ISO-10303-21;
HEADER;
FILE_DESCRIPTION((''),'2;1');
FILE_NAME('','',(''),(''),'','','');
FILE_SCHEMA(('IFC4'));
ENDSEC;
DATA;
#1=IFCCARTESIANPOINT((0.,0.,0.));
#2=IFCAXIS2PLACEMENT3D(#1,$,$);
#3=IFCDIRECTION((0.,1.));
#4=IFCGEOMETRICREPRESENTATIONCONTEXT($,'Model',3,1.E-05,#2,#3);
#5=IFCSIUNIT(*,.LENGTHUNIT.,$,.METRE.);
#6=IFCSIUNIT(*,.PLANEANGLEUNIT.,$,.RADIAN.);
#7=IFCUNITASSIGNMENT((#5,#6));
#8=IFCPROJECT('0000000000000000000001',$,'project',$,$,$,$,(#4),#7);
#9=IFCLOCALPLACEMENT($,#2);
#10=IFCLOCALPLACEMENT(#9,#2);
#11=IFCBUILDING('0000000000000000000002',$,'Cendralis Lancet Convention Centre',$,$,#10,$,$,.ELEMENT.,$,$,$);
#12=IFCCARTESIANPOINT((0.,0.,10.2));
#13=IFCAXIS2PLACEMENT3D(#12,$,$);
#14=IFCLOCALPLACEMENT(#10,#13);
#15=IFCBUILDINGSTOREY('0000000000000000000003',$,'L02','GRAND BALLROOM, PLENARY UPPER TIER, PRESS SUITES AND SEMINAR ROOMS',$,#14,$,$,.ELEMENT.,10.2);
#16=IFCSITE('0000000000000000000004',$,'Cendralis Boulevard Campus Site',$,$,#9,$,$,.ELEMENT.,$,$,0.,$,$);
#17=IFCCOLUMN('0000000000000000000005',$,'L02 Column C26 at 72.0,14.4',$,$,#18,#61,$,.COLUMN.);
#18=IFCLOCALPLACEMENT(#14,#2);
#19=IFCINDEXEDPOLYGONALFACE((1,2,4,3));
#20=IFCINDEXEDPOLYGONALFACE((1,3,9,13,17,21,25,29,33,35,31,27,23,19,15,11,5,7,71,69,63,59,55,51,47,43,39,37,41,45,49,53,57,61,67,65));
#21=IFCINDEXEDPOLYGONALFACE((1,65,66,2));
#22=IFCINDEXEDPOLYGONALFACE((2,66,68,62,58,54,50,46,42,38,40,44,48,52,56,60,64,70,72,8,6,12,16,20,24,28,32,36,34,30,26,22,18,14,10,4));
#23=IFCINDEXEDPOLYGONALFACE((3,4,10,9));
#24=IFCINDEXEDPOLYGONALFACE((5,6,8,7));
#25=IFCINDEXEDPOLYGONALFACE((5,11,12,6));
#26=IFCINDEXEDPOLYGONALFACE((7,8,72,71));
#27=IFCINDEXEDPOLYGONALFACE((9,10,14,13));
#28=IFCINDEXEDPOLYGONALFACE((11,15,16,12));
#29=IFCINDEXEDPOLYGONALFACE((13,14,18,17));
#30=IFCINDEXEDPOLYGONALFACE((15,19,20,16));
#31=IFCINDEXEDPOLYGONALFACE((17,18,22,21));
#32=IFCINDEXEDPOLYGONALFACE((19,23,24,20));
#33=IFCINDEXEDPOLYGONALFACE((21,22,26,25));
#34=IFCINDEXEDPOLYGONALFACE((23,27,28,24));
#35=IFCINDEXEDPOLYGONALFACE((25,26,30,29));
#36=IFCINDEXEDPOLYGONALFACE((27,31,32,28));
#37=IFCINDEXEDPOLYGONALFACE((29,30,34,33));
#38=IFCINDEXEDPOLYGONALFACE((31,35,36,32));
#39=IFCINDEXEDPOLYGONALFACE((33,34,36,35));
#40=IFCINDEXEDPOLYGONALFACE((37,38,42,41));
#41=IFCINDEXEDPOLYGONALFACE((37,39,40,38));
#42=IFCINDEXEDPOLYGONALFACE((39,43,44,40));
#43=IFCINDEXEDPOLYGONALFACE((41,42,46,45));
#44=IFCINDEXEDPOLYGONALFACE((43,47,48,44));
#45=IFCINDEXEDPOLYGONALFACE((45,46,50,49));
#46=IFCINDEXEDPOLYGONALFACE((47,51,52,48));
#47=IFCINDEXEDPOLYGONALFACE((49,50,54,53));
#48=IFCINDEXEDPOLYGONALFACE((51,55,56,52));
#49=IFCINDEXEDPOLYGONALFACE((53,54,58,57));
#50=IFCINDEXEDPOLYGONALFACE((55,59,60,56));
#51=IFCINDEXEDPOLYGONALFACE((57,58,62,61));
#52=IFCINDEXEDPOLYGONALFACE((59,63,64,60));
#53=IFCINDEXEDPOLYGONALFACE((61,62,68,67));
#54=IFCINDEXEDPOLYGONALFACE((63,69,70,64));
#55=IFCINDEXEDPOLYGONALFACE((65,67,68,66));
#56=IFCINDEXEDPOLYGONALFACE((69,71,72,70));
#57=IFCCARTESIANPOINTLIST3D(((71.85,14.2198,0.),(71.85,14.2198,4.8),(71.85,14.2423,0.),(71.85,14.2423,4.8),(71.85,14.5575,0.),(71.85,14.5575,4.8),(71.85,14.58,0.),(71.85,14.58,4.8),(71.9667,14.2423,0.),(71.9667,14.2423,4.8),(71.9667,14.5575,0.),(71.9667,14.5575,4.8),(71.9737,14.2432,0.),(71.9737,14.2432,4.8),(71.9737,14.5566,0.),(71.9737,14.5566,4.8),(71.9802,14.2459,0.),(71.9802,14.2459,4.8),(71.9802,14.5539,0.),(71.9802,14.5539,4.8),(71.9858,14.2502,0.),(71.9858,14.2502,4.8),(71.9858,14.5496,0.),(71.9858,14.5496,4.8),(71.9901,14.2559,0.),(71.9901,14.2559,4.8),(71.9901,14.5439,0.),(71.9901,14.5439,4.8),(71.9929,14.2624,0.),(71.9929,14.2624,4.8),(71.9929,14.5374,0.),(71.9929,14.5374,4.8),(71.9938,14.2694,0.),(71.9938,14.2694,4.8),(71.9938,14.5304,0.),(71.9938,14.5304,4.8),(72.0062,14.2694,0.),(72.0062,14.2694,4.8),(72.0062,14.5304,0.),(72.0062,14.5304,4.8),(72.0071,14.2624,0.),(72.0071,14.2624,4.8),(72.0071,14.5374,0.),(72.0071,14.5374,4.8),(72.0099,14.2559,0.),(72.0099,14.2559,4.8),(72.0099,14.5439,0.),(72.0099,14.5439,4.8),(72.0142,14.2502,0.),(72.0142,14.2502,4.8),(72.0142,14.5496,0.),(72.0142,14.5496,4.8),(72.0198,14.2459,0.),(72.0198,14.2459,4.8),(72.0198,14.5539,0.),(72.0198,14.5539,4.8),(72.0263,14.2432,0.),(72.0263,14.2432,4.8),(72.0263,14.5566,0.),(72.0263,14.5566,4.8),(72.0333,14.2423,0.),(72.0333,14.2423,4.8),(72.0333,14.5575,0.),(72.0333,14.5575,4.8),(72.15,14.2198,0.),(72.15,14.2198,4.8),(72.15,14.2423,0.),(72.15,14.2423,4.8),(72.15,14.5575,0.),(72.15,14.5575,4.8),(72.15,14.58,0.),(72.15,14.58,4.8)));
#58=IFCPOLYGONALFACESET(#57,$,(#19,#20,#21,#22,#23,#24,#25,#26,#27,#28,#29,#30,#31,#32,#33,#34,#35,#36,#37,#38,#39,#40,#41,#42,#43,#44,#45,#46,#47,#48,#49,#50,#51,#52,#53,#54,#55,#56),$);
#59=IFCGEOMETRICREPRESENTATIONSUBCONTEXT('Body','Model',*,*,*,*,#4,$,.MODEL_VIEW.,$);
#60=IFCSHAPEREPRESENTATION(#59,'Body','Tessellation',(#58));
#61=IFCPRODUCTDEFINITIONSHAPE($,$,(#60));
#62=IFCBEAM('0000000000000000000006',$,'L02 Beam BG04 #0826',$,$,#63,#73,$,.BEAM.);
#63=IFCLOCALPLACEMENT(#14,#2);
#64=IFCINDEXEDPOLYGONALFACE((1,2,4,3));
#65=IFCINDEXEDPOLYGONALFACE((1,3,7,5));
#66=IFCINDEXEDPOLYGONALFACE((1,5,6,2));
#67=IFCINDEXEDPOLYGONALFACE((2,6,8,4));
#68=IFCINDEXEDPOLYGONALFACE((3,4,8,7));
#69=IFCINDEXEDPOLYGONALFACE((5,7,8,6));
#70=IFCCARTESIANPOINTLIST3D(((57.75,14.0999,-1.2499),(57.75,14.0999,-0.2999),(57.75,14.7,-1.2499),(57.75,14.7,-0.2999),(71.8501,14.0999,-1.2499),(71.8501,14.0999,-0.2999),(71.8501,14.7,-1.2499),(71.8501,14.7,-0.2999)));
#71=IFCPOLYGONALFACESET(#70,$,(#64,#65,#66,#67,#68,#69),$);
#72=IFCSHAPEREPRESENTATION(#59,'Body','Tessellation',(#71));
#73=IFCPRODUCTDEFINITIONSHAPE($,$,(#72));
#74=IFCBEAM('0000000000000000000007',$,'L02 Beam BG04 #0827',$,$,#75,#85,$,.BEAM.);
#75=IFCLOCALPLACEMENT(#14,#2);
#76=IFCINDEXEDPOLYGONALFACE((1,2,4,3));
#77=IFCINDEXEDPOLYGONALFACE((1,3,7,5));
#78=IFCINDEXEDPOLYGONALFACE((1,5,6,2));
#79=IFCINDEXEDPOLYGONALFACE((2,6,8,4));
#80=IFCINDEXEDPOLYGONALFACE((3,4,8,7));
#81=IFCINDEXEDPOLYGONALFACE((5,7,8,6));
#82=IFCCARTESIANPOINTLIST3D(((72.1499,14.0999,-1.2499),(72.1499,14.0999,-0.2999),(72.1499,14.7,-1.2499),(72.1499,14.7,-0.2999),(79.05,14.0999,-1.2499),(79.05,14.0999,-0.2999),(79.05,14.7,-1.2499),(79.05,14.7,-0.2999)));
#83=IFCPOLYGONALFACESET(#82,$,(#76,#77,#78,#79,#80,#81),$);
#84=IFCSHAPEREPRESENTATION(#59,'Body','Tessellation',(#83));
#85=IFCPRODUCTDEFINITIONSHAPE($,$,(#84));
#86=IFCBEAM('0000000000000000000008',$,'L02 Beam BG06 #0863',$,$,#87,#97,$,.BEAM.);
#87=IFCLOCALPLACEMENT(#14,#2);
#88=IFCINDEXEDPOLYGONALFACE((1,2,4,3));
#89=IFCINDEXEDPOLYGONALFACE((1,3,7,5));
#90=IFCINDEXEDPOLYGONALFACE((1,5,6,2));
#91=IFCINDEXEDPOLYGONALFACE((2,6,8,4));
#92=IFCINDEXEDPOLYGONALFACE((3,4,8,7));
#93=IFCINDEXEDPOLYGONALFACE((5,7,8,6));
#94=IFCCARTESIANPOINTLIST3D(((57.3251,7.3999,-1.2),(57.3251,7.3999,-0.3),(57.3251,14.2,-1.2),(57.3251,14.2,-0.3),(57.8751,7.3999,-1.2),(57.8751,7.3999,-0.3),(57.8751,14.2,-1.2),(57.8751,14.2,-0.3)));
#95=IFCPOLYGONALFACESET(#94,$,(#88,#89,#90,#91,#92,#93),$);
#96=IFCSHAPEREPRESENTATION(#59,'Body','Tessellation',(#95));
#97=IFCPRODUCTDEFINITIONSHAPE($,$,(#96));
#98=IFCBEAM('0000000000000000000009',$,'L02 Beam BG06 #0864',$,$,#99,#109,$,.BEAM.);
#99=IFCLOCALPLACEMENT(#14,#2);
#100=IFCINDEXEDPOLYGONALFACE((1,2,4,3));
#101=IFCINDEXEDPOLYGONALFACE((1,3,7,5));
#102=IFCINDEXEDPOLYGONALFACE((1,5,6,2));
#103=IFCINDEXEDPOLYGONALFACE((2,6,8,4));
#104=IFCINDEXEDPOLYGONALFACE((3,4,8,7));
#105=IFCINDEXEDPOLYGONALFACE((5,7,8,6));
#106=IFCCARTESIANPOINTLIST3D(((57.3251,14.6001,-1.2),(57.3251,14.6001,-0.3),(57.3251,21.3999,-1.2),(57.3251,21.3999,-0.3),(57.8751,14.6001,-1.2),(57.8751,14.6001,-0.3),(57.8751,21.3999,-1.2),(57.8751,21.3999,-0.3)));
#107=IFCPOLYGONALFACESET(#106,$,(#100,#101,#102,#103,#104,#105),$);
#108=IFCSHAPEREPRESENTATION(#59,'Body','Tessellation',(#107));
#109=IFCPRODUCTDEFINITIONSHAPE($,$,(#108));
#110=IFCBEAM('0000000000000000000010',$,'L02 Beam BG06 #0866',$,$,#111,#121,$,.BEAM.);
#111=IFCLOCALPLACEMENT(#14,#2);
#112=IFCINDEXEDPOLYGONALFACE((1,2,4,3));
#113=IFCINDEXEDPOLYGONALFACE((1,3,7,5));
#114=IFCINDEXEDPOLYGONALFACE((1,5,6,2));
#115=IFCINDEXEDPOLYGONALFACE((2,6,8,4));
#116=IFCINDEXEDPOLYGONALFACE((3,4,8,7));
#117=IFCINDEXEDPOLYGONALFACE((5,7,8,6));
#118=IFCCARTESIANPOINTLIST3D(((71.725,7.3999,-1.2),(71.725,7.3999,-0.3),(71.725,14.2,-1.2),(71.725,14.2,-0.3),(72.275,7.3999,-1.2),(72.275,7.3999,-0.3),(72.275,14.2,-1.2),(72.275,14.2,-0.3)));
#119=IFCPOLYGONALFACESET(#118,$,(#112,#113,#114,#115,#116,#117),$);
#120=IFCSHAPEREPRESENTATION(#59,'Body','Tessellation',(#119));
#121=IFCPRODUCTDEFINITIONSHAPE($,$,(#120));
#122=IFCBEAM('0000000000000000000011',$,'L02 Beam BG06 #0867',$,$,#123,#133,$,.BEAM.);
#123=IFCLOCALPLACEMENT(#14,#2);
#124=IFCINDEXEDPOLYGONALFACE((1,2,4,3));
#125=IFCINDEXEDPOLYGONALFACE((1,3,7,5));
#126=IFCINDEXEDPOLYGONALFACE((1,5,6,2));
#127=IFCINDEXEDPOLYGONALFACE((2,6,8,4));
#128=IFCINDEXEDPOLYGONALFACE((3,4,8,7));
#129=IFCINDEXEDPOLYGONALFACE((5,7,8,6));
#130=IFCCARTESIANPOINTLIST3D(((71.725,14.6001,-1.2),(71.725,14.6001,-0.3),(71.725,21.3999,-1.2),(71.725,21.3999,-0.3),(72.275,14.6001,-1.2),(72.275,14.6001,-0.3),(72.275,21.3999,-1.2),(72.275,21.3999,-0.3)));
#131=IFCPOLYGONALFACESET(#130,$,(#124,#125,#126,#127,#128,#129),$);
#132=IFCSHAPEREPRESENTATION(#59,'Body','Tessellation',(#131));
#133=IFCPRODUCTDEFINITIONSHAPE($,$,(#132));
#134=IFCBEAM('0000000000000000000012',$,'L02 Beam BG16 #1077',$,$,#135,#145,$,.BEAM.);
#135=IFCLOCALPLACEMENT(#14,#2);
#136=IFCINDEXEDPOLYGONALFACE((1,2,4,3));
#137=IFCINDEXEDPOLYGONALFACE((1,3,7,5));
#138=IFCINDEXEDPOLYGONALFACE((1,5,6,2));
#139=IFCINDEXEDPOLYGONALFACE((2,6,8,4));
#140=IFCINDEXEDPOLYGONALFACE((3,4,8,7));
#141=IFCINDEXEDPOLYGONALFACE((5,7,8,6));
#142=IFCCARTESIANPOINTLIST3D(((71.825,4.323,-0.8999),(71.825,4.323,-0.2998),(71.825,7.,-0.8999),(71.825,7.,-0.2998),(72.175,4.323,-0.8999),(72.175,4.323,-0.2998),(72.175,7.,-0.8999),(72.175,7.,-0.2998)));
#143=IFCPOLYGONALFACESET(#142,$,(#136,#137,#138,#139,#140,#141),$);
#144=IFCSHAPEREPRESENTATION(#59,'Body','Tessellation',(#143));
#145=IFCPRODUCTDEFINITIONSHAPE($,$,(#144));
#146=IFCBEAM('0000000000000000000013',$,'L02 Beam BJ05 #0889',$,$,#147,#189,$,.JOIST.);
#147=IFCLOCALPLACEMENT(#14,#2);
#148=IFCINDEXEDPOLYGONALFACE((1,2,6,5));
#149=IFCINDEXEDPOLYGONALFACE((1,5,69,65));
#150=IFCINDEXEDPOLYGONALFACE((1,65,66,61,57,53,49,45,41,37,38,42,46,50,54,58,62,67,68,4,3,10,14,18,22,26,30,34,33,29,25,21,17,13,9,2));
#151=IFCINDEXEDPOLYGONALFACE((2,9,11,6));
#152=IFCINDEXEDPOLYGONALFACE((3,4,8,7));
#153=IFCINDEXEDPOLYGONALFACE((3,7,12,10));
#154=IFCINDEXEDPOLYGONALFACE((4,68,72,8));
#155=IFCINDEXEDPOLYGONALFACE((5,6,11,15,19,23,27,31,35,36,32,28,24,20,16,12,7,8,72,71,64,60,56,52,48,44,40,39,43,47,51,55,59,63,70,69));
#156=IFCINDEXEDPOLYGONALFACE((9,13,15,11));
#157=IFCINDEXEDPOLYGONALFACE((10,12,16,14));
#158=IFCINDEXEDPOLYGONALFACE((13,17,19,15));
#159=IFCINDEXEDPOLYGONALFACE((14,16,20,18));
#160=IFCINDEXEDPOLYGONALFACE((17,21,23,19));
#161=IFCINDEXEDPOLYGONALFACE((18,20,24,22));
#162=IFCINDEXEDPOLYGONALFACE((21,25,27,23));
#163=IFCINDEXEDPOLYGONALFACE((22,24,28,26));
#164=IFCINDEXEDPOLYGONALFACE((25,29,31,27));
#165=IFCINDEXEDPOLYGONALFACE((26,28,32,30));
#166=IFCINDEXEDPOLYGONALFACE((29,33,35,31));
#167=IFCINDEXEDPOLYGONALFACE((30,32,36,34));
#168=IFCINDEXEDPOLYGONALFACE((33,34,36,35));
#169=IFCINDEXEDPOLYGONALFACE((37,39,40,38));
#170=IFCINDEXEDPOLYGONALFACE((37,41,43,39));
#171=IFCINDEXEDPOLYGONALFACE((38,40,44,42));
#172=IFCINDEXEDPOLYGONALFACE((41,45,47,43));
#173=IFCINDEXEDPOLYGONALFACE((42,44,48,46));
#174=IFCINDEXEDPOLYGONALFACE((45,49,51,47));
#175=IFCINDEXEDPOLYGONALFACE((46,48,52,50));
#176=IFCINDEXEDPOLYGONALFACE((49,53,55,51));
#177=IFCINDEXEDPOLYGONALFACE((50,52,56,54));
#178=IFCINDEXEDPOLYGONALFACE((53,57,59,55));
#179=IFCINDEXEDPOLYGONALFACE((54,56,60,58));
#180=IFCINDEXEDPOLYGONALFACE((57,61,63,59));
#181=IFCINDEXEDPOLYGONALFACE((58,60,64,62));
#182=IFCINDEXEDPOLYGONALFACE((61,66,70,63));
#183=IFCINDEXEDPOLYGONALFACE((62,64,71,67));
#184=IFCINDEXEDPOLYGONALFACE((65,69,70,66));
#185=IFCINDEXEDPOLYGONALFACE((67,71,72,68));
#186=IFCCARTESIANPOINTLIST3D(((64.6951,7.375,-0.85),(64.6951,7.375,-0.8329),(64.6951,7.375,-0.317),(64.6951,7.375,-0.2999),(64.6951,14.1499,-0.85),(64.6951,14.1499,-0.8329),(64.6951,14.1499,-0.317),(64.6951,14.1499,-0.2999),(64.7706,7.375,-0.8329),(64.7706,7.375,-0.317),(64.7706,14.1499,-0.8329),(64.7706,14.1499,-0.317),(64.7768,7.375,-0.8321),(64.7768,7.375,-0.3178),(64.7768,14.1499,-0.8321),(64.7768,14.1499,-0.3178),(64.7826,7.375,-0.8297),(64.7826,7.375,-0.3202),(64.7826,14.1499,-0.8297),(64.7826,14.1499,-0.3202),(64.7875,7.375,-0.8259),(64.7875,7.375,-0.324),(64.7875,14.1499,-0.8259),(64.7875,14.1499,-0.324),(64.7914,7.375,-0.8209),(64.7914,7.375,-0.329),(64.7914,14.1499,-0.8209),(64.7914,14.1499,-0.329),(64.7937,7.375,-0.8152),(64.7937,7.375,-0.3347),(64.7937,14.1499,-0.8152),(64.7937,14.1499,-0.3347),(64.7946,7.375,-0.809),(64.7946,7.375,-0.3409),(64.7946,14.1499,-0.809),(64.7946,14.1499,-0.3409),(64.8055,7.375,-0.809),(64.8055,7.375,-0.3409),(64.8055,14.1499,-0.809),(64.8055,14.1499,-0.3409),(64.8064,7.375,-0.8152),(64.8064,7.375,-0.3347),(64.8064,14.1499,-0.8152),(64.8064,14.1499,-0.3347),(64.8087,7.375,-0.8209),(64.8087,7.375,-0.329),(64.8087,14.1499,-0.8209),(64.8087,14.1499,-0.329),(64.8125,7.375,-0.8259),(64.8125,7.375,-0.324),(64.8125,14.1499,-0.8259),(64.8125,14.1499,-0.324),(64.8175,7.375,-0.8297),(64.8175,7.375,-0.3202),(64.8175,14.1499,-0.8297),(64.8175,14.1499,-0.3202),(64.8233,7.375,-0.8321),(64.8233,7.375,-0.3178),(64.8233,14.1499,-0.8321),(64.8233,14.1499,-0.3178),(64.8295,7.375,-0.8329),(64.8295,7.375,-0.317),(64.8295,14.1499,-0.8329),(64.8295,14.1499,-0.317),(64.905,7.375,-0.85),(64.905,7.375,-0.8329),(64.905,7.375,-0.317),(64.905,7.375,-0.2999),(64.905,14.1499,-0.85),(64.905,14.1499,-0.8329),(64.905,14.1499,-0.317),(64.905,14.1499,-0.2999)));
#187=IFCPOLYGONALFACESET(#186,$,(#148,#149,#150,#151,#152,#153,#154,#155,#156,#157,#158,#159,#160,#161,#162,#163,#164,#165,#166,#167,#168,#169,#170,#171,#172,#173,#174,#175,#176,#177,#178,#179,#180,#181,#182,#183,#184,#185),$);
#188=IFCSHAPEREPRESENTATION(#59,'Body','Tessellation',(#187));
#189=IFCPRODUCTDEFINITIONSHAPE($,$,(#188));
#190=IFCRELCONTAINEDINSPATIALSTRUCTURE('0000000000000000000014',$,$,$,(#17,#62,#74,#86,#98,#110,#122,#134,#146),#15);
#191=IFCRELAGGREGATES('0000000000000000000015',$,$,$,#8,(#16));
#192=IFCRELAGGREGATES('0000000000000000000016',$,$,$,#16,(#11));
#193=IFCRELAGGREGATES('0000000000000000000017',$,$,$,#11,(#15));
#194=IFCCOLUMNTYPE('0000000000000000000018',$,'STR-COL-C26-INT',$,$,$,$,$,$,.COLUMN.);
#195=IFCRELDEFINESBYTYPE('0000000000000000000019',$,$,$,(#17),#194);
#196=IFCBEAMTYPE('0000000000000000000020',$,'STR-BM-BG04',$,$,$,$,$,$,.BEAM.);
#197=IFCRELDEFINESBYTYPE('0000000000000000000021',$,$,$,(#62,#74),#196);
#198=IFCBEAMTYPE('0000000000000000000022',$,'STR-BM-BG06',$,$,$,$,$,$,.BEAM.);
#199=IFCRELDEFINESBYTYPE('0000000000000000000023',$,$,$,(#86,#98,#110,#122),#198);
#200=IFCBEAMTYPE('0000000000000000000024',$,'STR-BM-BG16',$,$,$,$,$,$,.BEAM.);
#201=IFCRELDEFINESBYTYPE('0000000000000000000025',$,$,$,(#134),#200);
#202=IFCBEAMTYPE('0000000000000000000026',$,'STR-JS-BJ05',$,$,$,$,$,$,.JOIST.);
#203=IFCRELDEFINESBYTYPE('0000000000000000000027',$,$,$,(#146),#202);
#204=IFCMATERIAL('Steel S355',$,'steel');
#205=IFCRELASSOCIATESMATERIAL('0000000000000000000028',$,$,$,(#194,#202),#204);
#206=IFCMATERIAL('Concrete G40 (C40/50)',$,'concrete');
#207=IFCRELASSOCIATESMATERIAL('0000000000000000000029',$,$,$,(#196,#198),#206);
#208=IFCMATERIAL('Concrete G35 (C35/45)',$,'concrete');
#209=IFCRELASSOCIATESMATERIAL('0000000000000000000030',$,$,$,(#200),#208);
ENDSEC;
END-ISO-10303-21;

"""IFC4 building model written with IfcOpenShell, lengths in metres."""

from ifc_helpers import new_model, si_unit, direction, frame, origin, origin_2d, place, context, subcontext, project, spatial, rectangle, i_section, extrude, material, material_profile, profile_set, type_object, element, save


model = new_model("IFC4")

# Units and contexts
model_context = context("Model", 3, precision=1e-05, world=origin(), true_north=direction((0.0, 1.0)))
body_context = subcontext(model_context, "Body", "Model", "MODEL_VIEW")
ifc_project = project(units=[si_unit("LENGTHUNIT", "METRE"), si_unit("PLANEANGLEUNIT", "RADIAN")], contexts=[model_context])

# Site, building, storey
site_placement = place(None, origin())
site = spatial("IfcSite", under=ifc_project, at=site_placement, Name="Cendralis Boulevard Campus Site", CompositionType="ELEMENT", RefElevation=0.0)
building_placement = place(site_placement, origin())
building = spatial("IfcBuilding", under=site, at=building_placement, Name="Cendralis Lancet Convention Centre", CompositionType="ELEMENT")
storey_placement = place(building_placement, frame((0.0, 0.0, 10.2)))
storey = spatial("IfcBuildingStorey", under=building, at=storey_placement, Name="L02", Description="GRAND BALLROOM, PLENARY UPPER TIER, PRESS SUITES AND SEMINAR ROOMS", CompositionType="ELEMENT", Elevation=10.2)

# Column
ifc_material_1 = material(Name="Concrete G40 (C40/50)", Category="concrete")
ifc_material_2 = material(Name="Steel S355", Category="steel")
ifc_material_profile_1 = material_profile(ifc_material_2, i_section(OverallWidth=0.3, OverallDepth=0.3601, WebThickness=0.0125, FlangeThickness=0.0225, FilletRadius=0.0271, at=origin_2d()), Name="HEB 360")
ifc_profile_set_1 = profile_set([ifc_material_profile_1], Name="Steel S355")
column_type_1 = type_object("IfcColumnType", Name="STR-COL-C26-INT", PredefinedType="COLUMN", material=ifc_profile_set_1)
for number, where, z_axis, x_axis, name in (
    (1, (72.0, 14.3999, 0.0), (0.0, 0.0, 1.0), (1.0, 0.0, 0.0), "L02 Column C26 at 72.0,14.4"),
):
    element("IfcColumn", number, at=place(storey_placement, frame(where, z_axis=z_axis, x_axis=x_axis)), inside=storey, type_object=column_type_1, Name=name, PredefinedType="COLUMN", context=body_context, shape_type="SweptSolid", body=[
        extrude(i_section(OverallWidth=0.3, OverallDepth=0.3601, WebThickness=0.0125, FlangeThickness=0.0225, FilletRadius=0.0271, at=origin_2d()), origin(), (0.0, 0.0, 1.0), 4.8),
    ])

# Beams
ifc_material_profile_2 = material_profile(ifc_material_1, rectangle(XDim=0.6001, YDim=0.95, at=origin_2d()), Name="RCB 600x950")
ifc_profile_set_2 = profile_set([ifc_material_profile_2], Name="Concrete G40 (C40/50)")
beam_type_1 = type_object("IfcBeamType", Name="STR-BM-BG04", PredefinedType="BEAM", material=ifc_profile_set_2)
beam_1_placement = place(storey_placement, frame((57.75, 14.3999, -0.7749), z_axis=(1.0, 0.0, 0.0), x_axis=(0.0, 1.0, 0.0)))
element("IfcBeam", 2, at=beam_1_placement, inside=storey, type_object=beam_type_1, Name="L02 Beam BG04 #0826", PredefinedType="BEAM", context=body_context, shape_type="SweptSolid", body=[
    extrude(rectangle(XDim=0.6001, YDim=0.95, at=origin_2d()), origin(), (0.0, 0.0, 1.0), 14.1001),
])
beam_2_placement = place(storey_placement, frame((72.1499, 14.3999, -0.7749), z_axis=(1.0, 0.0, 0.0), x_axis=(0.0, 1.0, 0.0)))
element("IfcBeam", 3, at=beam_2_placement, inside=storey, type_object=beam_type_1, Name="L02 Beam BG04 #0827", PredefinedType="BEAM", context=body_context, shape_type="SweptSolid", body=[
    extrude(rectangle(XDim=0.6001, YDim=0.95, at=origin_2d()), origin(), (0.0, 0.0, 1.0), 6.9001),
])
ifc_material_profile_3 = material_profile(ifc_material_1, rectangle(XDim=0.55, YDim=0.8999, at=origin_2d()), Name="RCB 550x900")
ifc_profile_set_3 = profile_set([ifc_material_profile_3], Name="Concrete G40 (C40/50)")
beam_type_2 = type_object("IfcBeamType", Name="STR-BM-BG06", PredefinedType="BEAM", material=ifc_profile_set_3)
beam_3_placement = place(storey_placement, frame((57.6001, 7.3999, -0.75), z_axis=(0.0, 1.0, 0.0), x_axis=(-1.0, 0.0, 0.0)))
element("IfcBeam", 4, at=beam_3_placement, inside=storey, type_object=beam_type_2, Name="L02 Beam BG06 #0863", PredefinedType="BEAM", context=body_context, shape_type="SweptSolid", body=[
    extrude(rectangle(XDim=0.55, YDim=0.8999, at=origin_2d()), origin(), (0.0, 0.0, 1.0), 6.8),
])
beam_4_placement = place(storey_placement, frame((57.6001, 14.6001, -0.75), z_axis=(0.0, 1.0, 0.0), x_axis=(-1.0, 0.0, 0.0)))
element("IfcBeam", 5, at=beam_4_placement, inside=storey, type_object=beam_type_2, Name="L02 Beam BG06 #0864", PredefinedType="BEAM", context=body_context, shape_type="SweptSolid", body=[
    extrude(rectangle(XDim=0.55, YDim=0.8999, at=origin_2d()), origin(), (0.0, 0.0, 1.0), 6.7998),
])
beam_5_placement = place(storey_placement, frame((72.0, 7.3999, -0.75), z_axis=(0.0, 1.0, 0.0), x_axis=(-1.0, 0.0, 0.0)))
element("IfcBeam", 6, at=beam_5_placement, inside=storey, type_object=beam_type_2, Name="L02 Beam BG06 #0866", PredefinedType="BEAM", context=body_context, shape_type="SweptSolid", body=[
    extrude(rectangle(XDim=0.55, YDim=0.8999, at=origin_2d()), origin(), (0.0, 0.0, 1.0), 6.8),
])
beam_6_placement = place(storey_placement, frame((72.0, 14.6001, -0.75), z_axis=(0.0, 1.0, 0.0), x_axis=(-1.0, 0.0, 0.0)))
element("IfcBeam", 7, at=beam_6_placement, inside=storey, type_object=beam_type_2, Name="L02 Beam BG06 #0867", PredefinedType="BEAM", context=body_context, shape_type="SweptSolid", body=[
    extrude(rectangle(XDim=0.55, YDim=0.8999, at=origin_2d()), origin(), (0.0, 0.0, 1.0), 6.7998),
])
ifc_material_3 = material(Name="Concrete G35 (C35/45)", Category="concrete")
ifc_material_profile_4 = material_profile(ifc_material_3, rectangle(XDim=0.3501, YDim=0.6001, at=origin_2d()), Name="RCB 350x600")
ifc_profile_set_4 = profile_set([ifc_material_profile_4], Name="Concrete G35 (C35/45)")
beam_type_3 = type_object("IfcBeamType", Name="STR-BM-BG16", PredefinedType="BEAM", material=ifc_profile_set_4)
beam_7_placement = place(storey_placement, frame((72.0, 4.323, -0.5999), z_axis=(0.0, 1.0, 0.0), x_axis=(-1.0, 0.0, 0.0)))
element("IfcBeam", 8, at=beam_7_placement, inside=storey, type_object=beam_type_3, Name="L02 Beam BG16 #1077", PredefinedType="BEAM", context=body_context, shape_type="SweptSolid", body=[
    extrude(rectangle(XDim=0.3501, YDim=0.6001, at=origin_2d()), origin(), (0.0, 0.0, 1.0), 2.677),
])
ifc_material_profile_5 = material_profile(ifc_material_2, i_section(OverallWidth=0.21, OverallDepth=0.55, WebThickness=0.011, FlangeThickness=0.0171, FilletRadius=0.0239, at=origin_2d()), Name="IPE 550")
ifc_profile_set_5 = profile_set([ifc_material_profile_5], Name="Steel S355")
beam_type_4 = type_object("IfcBeamType", Name="STR-JS-BJ05", PredefinedType="JOIST", material=ifc_profile_set_5)
beam_8_placement = place(storey_placement, frame((64.8, 7.375, -0.575), z_axis=(0.0, 1.0, 0.0), x_axis=(-1.0, 0.0, 0.0)))
element("IfcBeam", 9, at=beam_8_placement, inside=storey, type_object=beam_type_4, Name="L02 Beam BJ05 #0889", PredefinedType="JOIST", context=body_context, shape_type="SweptSolid", body=[
    extrude(i_section(OverallWidth=0.21, OverallDepth=0.55, WebThickness=0.011, FlangeThickness=0.0171, FilletRadius=0.0239, at=origin_2d()), origin(), (0.0, 0.0, 1.0), 6.7749),
])

save(model, "model.ifc")
